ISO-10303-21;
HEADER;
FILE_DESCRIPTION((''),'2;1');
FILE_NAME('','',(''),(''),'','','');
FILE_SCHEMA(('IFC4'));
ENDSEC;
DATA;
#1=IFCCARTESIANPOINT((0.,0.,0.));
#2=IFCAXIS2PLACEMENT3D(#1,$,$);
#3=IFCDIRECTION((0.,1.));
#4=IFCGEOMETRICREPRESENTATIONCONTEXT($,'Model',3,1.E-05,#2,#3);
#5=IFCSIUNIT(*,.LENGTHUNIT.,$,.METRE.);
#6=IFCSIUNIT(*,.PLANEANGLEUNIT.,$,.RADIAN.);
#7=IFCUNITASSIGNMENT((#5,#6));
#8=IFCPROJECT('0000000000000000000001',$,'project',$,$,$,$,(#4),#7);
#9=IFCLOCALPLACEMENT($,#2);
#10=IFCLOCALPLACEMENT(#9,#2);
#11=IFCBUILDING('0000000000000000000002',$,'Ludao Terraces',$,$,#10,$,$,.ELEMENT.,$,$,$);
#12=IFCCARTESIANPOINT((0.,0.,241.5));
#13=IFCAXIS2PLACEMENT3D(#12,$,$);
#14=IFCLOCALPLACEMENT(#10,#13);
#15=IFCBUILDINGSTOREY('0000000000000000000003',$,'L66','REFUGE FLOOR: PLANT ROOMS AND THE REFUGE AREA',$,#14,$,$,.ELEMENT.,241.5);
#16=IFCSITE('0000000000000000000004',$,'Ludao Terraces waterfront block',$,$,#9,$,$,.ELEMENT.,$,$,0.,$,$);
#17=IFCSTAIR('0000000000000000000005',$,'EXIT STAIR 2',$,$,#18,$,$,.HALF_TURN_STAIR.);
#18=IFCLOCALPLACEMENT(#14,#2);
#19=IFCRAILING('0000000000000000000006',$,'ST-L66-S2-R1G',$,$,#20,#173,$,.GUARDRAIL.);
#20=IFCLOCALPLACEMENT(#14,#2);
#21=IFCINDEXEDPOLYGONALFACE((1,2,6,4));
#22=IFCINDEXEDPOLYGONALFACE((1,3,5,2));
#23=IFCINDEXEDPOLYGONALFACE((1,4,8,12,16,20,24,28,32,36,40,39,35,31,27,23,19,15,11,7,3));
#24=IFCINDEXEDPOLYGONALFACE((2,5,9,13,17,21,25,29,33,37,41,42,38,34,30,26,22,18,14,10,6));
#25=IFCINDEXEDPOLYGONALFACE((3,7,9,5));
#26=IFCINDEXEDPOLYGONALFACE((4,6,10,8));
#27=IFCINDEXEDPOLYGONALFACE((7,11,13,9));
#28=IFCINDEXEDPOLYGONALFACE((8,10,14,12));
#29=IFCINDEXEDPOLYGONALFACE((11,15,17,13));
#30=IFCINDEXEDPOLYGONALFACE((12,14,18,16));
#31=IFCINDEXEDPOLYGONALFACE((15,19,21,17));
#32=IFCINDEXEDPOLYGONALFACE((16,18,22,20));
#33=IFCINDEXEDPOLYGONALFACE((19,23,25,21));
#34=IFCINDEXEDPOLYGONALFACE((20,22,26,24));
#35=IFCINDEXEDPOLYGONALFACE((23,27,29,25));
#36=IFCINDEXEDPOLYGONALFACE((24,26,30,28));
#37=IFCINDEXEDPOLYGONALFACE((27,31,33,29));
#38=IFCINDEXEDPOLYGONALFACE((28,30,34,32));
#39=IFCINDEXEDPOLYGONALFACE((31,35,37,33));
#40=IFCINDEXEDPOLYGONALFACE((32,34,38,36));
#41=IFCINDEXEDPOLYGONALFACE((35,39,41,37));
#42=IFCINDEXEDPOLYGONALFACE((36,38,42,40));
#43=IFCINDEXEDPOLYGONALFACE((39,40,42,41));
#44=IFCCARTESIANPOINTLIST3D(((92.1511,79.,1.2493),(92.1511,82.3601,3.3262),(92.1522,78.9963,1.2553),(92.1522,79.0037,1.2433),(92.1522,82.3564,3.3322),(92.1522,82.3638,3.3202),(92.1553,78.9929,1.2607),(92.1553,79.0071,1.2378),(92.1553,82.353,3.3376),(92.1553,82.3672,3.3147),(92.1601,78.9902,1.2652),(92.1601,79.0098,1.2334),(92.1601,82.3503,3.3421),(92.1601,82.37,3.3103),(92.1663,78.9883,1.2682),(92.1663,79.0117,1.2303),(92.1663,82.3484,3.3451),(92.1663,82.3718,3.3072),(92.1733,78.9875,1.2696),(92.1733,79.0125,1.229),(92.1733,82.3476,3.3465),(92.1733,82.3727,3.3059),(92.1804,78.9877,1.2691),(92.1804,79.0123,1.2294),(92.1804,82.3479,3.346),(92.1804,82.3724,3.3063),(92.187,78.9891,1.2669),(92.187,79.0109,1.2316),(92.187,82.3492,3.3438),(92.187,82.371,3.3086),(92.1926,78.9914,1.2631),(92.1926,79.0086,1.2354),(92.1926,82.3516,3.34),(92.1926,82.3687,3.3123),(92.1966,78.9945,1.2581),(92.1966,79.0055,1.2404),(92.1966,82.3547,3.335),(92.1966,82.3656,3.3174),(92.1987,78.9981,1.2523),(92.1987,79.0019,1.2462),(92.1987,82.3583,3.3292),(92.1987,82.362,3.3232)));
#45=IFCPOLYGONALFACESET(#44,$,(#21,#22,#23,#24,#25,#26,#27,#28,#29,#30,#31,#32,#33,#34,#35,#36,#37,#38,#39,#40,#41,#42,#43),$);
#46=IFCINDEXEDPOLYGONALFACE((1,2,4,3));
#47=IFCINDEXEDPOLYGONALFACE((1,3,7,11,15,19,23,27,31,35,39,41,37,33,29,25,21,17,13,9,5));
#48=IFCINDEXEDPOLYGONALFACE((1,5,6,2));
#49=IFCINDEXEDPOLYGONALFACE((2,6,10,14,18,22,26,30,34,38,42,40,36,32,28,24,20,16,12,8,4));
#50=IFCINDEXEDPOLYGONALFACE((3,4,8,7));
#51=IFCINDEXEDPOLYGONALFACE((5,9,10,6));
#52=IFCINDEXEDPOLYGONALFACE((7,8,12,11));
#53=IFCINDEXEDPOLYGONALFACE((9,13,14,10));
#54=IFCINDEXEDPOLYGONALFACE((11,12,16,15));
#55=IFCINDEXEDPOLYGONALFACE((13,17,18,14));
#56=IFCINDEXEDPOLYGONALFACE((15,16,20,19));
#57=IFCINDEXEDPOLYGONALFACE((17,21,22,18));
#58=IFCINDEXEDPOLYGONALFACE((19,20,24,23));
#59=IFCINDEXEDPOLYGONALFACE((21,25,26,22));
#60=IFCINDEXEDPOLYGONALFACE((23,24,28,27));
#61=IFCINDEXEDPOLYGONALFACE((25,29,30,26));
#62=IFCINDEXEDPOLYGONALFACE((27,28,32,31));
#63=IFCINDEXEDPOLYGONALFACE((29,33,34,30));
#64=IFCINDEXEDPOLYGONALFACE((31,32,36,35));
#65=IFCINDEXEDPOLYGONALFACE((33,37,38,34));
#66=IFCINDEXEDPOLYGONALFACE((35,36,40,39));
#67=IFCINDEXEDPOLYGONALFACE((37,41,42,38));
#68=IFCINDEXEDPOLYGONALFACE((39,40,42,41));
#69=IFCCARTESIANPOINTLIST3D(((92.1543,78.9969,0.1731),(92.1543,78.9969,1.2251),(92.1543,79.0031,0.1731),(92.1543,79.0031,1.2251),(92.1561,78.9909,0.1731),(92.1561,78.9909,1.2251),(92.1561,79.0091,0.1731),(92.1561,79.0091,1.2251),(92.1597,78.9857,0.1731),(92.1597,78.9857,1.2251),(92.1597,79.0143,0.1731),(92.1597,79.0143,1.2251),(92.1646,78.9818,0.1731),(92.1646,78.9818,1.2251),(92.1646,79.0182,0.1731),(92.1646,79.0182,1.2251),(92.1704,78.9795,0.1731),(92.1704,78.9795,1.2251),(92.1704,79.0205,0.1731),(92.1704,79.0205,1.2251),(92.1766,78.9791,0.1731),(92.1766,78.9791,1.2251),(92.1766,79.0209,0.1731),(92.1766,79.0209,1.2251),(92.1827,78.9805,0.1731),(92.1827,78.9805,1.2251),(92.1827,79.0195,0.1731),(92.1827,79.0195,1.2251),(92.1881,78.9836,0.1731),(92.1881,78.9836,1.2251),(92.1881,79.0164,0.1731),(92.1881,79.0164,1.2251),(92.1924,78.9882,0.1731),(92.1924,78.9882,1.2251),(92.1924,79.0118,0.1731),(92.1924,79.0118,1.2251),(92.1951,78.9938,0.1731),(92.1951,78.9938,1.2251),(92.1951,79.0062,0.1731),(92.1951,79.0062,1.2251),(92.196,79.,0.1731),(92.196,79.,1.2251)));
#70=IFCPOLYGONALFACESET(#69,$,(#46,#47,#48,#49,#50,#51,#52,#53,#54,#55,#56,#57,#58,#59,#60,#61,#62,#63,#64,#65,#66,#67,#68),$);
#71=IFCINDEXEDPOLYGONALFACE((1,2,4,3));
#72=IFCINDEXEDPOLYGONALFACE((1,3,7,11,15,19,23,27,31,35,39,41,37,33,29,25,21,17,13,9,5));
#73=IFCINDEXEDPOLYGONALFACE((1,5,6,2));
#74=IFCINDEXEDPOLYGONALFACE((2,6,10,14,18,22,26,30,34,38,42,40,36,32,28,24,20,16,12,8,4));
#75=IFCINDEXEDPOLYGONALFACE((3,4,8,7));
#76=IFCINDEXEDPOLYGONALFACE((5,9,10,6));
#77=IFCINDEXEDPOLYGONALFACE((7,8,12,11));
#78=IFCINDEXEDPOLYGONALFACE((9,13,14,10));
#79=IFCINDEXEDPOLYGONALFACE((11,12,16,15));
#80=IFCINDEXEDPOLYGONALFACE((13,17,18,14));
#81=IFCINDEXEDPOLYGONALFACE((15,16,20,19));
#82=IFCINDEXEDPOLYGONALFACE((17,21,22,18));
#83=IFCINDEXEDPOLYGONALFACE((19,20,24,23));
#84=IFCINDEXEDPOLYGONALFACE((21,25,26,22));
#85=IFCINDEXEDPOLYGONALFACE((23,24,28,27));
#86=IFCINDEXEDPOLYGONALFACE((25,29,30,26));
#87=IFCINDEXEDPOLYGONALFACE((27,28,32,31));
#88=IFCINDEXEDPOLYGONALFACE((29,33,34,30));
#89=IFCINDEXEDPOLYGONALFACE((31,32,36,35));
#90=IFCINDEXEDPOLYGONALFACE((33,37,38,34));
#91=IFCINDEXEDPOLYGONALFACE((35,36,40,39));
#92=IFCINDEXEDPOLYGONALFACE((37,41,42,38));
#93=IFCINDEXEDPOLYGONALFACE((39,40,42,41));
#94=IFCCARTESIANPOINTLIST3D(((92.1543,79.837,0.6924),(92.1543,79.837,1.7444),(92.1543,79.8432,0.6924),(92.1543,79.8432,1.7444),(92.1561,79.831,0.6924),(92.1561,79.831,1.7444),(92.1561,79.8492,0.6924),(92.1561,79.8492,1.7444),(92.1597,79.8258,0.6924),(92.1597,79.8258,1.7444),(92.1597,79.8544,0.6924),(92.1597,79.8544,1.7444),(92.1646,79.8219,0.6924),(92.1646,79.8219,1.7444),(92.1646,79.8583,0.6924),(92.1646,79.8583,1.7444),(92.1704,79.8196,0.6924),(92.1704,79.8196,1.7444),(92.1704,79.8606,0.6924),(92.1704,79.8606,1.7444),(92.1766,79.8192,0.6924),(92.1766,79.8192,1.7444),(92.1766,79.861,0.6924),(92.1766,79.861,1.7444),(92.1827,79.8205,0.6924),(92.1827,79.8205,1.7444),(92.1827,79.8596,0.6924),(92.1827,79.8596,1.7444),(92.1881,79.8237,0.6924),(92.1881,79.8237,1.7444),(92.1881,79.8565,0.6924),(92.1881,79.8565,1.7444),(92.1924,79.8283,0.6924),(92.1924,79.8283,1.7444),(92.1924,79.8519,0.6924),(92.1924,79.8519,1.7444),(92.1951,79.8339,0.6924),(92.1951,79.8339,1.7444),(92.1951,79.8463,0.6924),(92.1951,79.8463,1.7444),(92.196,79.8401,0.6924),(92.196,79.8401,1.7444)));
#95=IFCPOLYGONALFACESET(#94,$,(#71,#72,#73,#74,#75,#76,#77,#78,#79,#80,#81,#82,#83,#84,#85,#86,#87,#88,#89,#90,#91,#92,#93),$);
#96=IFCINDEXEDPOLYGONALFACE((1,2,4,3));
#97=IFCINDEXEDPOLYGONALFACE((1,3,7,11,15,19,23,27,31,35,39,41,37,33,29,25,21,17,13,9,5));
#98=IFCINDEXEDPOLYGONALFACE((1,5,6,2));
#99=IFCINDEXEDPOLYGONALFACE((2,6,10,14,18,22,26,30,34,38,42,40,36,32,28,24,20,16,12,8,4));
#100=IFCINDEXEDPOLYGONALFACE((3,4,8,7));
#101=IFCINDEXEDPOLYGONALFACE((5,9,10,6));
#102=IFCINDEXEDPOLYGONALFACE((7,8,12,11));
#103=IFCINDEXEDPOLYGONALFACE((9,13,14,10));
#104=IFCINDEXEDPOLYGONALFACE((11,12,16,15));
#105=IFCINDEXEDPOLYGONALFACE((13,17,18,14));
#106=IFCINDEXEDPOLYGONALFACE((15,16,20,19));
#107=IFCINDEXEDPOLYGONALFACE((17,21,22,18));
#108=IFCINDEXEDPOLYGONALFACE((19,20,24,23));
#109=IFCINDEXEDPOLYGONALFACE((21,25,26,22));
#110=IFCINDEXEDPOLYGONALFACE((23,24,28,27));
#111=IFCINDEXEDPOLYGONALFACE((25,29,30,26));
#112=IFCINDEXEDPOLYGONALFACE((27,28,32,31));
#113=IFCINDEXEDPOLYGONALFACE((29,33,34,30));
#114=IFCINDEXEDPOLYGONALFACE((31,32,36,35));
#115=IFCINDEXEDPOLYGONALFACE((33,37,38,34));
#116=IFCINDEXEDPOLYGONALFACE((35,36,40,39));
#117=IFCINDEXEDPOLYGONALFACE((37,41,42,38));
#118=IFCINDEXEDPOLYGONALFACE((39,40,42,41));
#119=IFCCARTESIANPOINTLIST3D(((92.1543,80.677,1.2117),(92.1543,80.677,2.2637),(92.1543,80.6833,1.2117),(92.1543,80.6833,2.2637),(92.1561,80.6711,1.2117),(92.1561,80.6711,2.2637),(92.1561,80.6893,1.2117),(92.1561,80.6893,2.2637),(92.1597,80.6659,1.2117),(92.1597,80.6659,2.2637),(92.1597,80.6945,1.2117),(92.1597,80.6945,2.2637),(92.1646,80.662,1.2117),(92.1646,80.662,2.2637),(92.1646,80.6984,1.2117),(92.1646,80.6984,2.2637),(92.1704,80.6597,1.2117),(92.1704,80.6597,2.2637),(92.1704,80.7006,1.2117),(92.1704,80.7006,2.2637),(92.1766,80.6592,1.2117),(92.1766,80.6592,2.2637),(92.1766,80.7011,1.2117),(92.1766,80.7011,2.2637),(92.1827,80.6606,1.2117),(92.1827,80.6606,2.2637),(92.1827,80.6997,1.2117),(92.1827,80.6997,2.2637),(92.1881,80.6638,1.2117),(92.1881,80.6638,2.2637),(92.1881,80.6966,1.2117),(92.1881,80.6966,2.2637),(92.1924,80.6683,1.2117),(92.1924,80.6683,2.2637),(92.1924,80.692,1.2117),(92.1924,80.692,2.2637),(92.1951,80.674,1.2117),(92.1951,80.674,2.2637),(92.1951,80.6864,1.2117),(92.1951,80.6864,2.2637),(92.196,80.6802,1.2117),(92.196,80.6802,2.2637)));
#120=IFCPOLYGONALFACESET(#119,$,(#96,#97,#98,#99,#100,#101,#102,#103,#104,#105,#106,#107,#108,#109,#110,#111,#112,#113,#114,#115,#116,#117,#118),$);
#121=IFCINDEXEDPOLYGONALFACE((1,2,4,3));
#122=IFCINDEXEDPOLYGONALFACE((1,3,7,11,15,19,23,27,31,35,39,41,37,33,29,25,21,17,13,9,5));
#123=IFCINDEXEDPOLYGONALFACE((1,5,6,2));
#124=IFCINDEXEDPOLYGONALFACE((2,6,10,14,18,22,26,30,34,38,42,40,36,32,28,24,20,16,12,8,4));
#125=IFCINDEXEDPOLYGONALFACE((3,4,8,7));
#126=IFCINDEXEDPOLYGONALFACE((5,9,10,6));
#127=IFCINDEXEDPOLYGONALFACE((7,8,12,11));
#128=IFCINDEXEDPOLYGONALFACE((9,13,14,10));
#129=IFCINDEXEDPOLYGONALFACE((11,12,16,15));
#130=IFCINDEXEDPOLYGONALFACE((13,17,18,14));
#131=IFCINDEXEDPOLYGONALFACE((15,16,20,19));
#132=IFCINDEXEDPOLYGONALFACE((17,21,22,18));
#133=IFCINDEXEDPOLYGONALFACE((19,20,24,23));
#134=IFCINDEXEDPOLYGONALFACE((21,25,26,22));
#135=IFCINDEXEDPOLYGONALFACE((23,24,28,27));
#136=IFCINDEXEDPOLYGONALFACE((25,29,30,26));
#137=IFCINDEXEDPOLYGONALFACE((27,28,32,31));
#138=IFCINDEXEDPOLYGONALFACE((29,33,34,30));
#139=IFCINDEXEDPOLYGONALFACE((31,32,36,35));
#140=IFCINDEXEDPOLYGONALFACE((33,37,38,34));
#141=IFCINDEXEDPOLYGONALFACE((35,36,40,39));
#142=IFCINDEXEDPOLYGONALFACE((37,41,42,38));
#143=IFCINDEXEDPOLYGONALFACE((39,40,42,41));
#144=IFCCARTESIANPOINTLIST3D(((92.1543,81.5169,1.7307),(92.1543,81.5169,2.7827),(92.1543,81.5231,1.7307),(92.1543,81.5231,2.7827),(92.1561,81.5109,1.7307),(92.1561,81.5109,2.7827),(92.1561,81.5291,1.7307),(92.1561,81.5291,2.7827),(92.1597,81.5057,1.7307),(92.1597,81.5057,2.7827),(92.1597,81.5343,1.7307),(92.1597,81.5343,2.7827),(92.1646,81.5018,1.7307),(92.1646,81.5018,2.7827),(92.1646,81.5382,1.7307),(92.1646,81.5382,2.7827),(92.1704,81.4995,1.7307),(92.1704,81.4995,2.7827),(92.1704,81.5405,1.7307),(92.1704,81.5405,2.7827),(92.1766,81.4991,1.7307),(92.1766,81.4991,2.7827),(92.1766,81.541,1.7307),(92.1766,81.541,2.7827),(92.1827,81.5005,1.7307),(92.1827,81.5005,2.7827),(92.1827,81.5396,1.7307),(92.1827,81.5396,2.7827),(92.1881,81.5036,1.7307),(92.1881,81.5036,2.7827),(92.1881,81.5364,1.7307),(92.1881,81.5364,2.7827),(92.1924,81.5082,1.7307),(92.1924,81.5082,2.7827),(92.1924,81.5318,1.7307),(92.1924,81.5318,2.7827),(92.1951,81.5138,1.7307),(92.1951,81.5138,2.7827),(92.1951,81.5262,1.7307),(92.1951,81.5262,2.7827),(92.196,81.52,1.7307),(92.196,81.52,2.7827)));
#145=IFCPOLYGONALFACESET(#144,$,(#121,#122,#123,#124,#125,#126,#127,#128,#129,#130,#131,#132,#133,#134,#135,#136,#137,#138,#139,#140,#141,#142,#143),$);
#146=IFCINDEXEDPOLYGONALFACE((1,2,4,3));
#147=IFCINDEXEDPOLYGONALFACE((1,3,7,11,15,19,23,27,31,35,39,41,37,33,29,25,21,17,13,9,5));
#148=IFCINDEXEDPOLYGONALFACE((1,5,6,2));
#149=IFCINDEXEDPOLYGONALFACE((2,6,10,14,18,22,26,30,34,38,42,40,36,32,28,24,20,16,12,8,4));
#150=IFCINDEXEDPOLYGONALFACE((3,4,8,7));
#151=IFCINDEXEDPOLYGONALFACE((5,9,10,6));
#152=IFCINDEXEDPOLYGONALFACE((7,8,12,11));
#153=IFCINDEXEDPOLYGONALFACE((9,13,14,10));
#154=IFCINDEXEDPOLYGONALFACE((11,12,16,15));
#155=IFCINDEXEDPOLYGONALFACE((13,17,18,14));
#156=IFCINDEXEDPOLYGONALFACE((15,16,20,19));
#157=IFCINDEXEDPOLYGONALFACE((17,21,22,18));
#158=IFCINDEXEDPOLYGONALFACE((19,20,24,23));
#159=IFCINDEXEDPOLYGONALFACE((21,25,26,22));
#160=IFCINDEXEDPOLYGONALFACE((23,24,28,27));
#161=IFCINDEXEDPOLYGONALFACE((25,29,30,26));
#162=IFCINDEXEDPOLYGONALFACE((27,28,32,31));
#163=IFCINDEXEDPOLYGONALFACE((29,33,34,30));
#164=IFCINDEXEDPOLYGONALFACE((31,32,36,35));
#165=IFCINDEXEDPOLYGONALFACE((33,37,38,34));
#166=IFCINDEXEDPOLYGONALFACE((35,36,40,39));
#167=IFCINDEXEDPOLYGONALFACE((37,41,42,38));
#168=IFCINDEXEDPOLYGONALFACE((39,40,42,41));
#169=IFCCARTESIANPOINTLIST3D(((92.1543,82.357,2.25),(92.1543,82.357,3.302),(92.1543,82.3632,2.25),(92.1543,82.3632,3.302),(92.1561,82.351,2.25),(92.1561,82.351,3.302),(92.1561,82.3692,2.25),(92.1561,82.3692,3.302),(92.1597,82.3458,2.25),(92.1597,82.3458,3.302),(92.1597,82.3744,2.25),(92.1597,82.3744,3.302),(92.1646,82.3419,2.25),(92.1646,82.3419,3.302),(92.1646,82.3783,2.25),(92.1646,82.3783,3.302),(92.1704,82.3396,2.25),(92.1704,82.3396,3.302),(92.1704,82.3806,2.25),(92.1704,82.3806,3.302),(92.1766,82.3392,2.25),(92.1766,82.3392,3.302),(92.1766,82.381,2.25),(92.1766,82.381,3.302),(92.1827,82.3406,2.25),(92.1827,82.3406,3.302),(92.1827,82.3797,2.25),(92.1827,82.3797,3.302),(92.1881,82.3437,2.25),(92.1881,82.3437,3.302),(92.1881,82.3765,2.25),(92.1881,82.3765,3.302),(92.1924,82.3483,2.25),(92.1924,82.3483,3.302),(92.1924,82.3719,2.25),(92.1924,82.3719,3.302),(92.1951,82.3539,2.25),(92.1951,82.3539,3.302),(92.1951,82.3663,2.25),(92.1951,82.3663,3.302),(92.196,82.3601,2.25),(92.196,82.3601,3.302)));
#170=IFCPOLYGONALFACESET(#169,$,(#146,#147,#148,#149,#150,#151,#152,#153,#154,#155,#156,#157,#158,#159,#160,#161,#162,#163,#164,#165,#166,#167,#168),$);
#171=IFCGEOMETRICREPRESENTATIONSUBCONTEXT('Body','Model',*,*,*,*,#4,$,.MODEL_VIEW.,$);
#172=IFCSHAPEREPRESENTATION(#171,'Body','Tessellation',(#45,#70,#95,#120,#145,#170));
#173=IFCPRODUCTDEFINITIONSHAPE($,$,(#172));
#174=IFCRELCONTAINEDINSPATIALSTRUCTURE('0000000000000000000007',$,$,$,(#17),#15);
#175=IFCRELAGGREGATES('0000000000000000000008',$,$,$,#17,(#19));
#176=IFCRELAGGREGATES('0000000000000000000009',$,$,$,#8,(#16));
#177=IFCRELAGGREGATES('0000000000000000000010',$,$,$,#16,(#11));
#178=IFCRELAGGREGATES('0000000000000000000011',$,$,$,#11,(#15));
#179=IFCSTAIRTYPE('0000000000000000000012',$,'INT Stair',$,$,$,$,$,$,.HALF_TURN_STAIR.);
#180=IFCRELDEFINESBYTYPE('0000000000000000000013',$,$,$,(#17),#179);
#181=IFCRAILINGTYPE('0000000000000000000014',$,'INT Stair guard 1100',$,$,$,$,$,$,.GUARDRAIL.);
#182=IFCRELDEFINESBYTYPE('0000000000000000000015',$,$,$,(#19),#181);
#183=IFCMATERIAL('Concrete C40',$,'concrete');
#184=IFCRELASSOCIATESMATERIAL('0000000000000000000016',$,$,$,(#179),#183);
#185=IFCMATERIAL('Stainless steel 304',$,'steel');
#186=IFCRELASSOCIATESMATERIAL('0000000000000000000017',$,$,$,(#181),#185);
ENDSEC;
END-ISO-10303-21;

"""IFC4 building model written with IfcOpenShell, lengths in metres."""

from ifc_helpers import new_model, si_unit, direction, frame, origin, origin_2d, place, context, subcontext, project, spatial, circle, extrude, material, type_object, element, aggregate, save


model = new_model("IFC4")

# Units and contexts
model_context = context("Model", 3, precision=1e-05, world=origin(), true_north=direction((0.0, 1.0)))
body_context = subcontext(model_context, "Body", "Model", "MODEL_VIEW")
ifc_project = project(units=[si_unit("LENGTHUNIT", "METRE"), si_unit("PLANEANGLEUNIT", "RADIAN")], contexts=[model_context])

# Site, building, storey
site_placement = place(None, origin())
site = spatial("IfcSite", under=ifc_project, at=site_placement, Name="Ludao Terraces waterfront block", CompositionType="ELEMENT", RefElevation=0.0)
building_placement = place(site_placement, origin())
building = spatial("IfcBuilding", under=site, at=building_placement, Name="Ludao Terraces", CompositionType="ELEMENT")
storey_placement = place(building_placement, frame((0.0, 0.0, 241.5)))
storey = spatial("IfcBuildingStorey", under=building, at=storey_placement, Name="L66", Description="REFUGE FLOOR: PLANT ROOMS AND THE REFUGE AREA", CompositionType="ELEMENT", Elevation=241.5)

# Shared definitions
ifc_material_1 = material(Name="Stainless steel 304", Category="steel")

# Stair, railing
ifc_material_2 = material(Name="Concrete C40", Category="concrete")
stair_type = type_object("IfcStairType", Name="INT Stair", PredefinedType="HALF_TURN_STAIR", material=ifc_material_2)
stair_placement = place(storey_placement, origin())
stair = element("IfcStair", 1, at=stair_placement, inside=storey, type_object=stair_type, Name="EXIT STAIR 2", PredefinedType="HALF_TURN_STAIR")
railing_type_1 = type_object("IfcRailingType", Name="INT Stair guard 1100", PredefinedType="GUARDRAIL", material=ifc_material_1)
railing_1_placement = place(storey_placement, frame((92.175, 79.0, 0.1731)))
railing_1 = element("IfcRailing", 2, at=railing_1_placement, type_object=railing_type_1, Name="ST-L66-S2-R1G", PredefinedType="GUARDRAIL", context=body_context, shape_type="SweptSolid", body=[
    extrude(circle(Radius=0.0239, at=origin_2d()), frame((0.0, 0.0, 1.0762), z_axis=(0.0, 0.850623, 0.525776), x_axis=(-1.0, 0.0, 0.0)), (0.0, 0.0, 1.0), 3.9502),
    extrude(circle(Radius=0.021, at=origin_2d()), origin(), (0.0, 0.0, 1.0), 1.052),
    extrude(circle(Radius=0.021, at=origin_2d()), frame((0.0, 0.8401, 0.5193)), (0.0, 0.0, 1.0), 1.052),
    extrude(circle(Radius=0.021, at=origin_2d()), frame((0.0, 1.6802, 1.0386)), (0.0, 0.0, 1.0), 1.052),
    extrude(circle(Radius=0.021, at=origin_2d()), frame((0.0, 2.52, 1.5576)), (0.0, 0.0, 1.0), 1.052),
    extrude(circle(Radius=0.021, at=origin_2d()), frame((0.0, 3.3601, 2.0769)), (0.0, 0.0, 1.0), 1.052),
])
aggregate(stair, [railing_1])

save(model, "model.ifc")
